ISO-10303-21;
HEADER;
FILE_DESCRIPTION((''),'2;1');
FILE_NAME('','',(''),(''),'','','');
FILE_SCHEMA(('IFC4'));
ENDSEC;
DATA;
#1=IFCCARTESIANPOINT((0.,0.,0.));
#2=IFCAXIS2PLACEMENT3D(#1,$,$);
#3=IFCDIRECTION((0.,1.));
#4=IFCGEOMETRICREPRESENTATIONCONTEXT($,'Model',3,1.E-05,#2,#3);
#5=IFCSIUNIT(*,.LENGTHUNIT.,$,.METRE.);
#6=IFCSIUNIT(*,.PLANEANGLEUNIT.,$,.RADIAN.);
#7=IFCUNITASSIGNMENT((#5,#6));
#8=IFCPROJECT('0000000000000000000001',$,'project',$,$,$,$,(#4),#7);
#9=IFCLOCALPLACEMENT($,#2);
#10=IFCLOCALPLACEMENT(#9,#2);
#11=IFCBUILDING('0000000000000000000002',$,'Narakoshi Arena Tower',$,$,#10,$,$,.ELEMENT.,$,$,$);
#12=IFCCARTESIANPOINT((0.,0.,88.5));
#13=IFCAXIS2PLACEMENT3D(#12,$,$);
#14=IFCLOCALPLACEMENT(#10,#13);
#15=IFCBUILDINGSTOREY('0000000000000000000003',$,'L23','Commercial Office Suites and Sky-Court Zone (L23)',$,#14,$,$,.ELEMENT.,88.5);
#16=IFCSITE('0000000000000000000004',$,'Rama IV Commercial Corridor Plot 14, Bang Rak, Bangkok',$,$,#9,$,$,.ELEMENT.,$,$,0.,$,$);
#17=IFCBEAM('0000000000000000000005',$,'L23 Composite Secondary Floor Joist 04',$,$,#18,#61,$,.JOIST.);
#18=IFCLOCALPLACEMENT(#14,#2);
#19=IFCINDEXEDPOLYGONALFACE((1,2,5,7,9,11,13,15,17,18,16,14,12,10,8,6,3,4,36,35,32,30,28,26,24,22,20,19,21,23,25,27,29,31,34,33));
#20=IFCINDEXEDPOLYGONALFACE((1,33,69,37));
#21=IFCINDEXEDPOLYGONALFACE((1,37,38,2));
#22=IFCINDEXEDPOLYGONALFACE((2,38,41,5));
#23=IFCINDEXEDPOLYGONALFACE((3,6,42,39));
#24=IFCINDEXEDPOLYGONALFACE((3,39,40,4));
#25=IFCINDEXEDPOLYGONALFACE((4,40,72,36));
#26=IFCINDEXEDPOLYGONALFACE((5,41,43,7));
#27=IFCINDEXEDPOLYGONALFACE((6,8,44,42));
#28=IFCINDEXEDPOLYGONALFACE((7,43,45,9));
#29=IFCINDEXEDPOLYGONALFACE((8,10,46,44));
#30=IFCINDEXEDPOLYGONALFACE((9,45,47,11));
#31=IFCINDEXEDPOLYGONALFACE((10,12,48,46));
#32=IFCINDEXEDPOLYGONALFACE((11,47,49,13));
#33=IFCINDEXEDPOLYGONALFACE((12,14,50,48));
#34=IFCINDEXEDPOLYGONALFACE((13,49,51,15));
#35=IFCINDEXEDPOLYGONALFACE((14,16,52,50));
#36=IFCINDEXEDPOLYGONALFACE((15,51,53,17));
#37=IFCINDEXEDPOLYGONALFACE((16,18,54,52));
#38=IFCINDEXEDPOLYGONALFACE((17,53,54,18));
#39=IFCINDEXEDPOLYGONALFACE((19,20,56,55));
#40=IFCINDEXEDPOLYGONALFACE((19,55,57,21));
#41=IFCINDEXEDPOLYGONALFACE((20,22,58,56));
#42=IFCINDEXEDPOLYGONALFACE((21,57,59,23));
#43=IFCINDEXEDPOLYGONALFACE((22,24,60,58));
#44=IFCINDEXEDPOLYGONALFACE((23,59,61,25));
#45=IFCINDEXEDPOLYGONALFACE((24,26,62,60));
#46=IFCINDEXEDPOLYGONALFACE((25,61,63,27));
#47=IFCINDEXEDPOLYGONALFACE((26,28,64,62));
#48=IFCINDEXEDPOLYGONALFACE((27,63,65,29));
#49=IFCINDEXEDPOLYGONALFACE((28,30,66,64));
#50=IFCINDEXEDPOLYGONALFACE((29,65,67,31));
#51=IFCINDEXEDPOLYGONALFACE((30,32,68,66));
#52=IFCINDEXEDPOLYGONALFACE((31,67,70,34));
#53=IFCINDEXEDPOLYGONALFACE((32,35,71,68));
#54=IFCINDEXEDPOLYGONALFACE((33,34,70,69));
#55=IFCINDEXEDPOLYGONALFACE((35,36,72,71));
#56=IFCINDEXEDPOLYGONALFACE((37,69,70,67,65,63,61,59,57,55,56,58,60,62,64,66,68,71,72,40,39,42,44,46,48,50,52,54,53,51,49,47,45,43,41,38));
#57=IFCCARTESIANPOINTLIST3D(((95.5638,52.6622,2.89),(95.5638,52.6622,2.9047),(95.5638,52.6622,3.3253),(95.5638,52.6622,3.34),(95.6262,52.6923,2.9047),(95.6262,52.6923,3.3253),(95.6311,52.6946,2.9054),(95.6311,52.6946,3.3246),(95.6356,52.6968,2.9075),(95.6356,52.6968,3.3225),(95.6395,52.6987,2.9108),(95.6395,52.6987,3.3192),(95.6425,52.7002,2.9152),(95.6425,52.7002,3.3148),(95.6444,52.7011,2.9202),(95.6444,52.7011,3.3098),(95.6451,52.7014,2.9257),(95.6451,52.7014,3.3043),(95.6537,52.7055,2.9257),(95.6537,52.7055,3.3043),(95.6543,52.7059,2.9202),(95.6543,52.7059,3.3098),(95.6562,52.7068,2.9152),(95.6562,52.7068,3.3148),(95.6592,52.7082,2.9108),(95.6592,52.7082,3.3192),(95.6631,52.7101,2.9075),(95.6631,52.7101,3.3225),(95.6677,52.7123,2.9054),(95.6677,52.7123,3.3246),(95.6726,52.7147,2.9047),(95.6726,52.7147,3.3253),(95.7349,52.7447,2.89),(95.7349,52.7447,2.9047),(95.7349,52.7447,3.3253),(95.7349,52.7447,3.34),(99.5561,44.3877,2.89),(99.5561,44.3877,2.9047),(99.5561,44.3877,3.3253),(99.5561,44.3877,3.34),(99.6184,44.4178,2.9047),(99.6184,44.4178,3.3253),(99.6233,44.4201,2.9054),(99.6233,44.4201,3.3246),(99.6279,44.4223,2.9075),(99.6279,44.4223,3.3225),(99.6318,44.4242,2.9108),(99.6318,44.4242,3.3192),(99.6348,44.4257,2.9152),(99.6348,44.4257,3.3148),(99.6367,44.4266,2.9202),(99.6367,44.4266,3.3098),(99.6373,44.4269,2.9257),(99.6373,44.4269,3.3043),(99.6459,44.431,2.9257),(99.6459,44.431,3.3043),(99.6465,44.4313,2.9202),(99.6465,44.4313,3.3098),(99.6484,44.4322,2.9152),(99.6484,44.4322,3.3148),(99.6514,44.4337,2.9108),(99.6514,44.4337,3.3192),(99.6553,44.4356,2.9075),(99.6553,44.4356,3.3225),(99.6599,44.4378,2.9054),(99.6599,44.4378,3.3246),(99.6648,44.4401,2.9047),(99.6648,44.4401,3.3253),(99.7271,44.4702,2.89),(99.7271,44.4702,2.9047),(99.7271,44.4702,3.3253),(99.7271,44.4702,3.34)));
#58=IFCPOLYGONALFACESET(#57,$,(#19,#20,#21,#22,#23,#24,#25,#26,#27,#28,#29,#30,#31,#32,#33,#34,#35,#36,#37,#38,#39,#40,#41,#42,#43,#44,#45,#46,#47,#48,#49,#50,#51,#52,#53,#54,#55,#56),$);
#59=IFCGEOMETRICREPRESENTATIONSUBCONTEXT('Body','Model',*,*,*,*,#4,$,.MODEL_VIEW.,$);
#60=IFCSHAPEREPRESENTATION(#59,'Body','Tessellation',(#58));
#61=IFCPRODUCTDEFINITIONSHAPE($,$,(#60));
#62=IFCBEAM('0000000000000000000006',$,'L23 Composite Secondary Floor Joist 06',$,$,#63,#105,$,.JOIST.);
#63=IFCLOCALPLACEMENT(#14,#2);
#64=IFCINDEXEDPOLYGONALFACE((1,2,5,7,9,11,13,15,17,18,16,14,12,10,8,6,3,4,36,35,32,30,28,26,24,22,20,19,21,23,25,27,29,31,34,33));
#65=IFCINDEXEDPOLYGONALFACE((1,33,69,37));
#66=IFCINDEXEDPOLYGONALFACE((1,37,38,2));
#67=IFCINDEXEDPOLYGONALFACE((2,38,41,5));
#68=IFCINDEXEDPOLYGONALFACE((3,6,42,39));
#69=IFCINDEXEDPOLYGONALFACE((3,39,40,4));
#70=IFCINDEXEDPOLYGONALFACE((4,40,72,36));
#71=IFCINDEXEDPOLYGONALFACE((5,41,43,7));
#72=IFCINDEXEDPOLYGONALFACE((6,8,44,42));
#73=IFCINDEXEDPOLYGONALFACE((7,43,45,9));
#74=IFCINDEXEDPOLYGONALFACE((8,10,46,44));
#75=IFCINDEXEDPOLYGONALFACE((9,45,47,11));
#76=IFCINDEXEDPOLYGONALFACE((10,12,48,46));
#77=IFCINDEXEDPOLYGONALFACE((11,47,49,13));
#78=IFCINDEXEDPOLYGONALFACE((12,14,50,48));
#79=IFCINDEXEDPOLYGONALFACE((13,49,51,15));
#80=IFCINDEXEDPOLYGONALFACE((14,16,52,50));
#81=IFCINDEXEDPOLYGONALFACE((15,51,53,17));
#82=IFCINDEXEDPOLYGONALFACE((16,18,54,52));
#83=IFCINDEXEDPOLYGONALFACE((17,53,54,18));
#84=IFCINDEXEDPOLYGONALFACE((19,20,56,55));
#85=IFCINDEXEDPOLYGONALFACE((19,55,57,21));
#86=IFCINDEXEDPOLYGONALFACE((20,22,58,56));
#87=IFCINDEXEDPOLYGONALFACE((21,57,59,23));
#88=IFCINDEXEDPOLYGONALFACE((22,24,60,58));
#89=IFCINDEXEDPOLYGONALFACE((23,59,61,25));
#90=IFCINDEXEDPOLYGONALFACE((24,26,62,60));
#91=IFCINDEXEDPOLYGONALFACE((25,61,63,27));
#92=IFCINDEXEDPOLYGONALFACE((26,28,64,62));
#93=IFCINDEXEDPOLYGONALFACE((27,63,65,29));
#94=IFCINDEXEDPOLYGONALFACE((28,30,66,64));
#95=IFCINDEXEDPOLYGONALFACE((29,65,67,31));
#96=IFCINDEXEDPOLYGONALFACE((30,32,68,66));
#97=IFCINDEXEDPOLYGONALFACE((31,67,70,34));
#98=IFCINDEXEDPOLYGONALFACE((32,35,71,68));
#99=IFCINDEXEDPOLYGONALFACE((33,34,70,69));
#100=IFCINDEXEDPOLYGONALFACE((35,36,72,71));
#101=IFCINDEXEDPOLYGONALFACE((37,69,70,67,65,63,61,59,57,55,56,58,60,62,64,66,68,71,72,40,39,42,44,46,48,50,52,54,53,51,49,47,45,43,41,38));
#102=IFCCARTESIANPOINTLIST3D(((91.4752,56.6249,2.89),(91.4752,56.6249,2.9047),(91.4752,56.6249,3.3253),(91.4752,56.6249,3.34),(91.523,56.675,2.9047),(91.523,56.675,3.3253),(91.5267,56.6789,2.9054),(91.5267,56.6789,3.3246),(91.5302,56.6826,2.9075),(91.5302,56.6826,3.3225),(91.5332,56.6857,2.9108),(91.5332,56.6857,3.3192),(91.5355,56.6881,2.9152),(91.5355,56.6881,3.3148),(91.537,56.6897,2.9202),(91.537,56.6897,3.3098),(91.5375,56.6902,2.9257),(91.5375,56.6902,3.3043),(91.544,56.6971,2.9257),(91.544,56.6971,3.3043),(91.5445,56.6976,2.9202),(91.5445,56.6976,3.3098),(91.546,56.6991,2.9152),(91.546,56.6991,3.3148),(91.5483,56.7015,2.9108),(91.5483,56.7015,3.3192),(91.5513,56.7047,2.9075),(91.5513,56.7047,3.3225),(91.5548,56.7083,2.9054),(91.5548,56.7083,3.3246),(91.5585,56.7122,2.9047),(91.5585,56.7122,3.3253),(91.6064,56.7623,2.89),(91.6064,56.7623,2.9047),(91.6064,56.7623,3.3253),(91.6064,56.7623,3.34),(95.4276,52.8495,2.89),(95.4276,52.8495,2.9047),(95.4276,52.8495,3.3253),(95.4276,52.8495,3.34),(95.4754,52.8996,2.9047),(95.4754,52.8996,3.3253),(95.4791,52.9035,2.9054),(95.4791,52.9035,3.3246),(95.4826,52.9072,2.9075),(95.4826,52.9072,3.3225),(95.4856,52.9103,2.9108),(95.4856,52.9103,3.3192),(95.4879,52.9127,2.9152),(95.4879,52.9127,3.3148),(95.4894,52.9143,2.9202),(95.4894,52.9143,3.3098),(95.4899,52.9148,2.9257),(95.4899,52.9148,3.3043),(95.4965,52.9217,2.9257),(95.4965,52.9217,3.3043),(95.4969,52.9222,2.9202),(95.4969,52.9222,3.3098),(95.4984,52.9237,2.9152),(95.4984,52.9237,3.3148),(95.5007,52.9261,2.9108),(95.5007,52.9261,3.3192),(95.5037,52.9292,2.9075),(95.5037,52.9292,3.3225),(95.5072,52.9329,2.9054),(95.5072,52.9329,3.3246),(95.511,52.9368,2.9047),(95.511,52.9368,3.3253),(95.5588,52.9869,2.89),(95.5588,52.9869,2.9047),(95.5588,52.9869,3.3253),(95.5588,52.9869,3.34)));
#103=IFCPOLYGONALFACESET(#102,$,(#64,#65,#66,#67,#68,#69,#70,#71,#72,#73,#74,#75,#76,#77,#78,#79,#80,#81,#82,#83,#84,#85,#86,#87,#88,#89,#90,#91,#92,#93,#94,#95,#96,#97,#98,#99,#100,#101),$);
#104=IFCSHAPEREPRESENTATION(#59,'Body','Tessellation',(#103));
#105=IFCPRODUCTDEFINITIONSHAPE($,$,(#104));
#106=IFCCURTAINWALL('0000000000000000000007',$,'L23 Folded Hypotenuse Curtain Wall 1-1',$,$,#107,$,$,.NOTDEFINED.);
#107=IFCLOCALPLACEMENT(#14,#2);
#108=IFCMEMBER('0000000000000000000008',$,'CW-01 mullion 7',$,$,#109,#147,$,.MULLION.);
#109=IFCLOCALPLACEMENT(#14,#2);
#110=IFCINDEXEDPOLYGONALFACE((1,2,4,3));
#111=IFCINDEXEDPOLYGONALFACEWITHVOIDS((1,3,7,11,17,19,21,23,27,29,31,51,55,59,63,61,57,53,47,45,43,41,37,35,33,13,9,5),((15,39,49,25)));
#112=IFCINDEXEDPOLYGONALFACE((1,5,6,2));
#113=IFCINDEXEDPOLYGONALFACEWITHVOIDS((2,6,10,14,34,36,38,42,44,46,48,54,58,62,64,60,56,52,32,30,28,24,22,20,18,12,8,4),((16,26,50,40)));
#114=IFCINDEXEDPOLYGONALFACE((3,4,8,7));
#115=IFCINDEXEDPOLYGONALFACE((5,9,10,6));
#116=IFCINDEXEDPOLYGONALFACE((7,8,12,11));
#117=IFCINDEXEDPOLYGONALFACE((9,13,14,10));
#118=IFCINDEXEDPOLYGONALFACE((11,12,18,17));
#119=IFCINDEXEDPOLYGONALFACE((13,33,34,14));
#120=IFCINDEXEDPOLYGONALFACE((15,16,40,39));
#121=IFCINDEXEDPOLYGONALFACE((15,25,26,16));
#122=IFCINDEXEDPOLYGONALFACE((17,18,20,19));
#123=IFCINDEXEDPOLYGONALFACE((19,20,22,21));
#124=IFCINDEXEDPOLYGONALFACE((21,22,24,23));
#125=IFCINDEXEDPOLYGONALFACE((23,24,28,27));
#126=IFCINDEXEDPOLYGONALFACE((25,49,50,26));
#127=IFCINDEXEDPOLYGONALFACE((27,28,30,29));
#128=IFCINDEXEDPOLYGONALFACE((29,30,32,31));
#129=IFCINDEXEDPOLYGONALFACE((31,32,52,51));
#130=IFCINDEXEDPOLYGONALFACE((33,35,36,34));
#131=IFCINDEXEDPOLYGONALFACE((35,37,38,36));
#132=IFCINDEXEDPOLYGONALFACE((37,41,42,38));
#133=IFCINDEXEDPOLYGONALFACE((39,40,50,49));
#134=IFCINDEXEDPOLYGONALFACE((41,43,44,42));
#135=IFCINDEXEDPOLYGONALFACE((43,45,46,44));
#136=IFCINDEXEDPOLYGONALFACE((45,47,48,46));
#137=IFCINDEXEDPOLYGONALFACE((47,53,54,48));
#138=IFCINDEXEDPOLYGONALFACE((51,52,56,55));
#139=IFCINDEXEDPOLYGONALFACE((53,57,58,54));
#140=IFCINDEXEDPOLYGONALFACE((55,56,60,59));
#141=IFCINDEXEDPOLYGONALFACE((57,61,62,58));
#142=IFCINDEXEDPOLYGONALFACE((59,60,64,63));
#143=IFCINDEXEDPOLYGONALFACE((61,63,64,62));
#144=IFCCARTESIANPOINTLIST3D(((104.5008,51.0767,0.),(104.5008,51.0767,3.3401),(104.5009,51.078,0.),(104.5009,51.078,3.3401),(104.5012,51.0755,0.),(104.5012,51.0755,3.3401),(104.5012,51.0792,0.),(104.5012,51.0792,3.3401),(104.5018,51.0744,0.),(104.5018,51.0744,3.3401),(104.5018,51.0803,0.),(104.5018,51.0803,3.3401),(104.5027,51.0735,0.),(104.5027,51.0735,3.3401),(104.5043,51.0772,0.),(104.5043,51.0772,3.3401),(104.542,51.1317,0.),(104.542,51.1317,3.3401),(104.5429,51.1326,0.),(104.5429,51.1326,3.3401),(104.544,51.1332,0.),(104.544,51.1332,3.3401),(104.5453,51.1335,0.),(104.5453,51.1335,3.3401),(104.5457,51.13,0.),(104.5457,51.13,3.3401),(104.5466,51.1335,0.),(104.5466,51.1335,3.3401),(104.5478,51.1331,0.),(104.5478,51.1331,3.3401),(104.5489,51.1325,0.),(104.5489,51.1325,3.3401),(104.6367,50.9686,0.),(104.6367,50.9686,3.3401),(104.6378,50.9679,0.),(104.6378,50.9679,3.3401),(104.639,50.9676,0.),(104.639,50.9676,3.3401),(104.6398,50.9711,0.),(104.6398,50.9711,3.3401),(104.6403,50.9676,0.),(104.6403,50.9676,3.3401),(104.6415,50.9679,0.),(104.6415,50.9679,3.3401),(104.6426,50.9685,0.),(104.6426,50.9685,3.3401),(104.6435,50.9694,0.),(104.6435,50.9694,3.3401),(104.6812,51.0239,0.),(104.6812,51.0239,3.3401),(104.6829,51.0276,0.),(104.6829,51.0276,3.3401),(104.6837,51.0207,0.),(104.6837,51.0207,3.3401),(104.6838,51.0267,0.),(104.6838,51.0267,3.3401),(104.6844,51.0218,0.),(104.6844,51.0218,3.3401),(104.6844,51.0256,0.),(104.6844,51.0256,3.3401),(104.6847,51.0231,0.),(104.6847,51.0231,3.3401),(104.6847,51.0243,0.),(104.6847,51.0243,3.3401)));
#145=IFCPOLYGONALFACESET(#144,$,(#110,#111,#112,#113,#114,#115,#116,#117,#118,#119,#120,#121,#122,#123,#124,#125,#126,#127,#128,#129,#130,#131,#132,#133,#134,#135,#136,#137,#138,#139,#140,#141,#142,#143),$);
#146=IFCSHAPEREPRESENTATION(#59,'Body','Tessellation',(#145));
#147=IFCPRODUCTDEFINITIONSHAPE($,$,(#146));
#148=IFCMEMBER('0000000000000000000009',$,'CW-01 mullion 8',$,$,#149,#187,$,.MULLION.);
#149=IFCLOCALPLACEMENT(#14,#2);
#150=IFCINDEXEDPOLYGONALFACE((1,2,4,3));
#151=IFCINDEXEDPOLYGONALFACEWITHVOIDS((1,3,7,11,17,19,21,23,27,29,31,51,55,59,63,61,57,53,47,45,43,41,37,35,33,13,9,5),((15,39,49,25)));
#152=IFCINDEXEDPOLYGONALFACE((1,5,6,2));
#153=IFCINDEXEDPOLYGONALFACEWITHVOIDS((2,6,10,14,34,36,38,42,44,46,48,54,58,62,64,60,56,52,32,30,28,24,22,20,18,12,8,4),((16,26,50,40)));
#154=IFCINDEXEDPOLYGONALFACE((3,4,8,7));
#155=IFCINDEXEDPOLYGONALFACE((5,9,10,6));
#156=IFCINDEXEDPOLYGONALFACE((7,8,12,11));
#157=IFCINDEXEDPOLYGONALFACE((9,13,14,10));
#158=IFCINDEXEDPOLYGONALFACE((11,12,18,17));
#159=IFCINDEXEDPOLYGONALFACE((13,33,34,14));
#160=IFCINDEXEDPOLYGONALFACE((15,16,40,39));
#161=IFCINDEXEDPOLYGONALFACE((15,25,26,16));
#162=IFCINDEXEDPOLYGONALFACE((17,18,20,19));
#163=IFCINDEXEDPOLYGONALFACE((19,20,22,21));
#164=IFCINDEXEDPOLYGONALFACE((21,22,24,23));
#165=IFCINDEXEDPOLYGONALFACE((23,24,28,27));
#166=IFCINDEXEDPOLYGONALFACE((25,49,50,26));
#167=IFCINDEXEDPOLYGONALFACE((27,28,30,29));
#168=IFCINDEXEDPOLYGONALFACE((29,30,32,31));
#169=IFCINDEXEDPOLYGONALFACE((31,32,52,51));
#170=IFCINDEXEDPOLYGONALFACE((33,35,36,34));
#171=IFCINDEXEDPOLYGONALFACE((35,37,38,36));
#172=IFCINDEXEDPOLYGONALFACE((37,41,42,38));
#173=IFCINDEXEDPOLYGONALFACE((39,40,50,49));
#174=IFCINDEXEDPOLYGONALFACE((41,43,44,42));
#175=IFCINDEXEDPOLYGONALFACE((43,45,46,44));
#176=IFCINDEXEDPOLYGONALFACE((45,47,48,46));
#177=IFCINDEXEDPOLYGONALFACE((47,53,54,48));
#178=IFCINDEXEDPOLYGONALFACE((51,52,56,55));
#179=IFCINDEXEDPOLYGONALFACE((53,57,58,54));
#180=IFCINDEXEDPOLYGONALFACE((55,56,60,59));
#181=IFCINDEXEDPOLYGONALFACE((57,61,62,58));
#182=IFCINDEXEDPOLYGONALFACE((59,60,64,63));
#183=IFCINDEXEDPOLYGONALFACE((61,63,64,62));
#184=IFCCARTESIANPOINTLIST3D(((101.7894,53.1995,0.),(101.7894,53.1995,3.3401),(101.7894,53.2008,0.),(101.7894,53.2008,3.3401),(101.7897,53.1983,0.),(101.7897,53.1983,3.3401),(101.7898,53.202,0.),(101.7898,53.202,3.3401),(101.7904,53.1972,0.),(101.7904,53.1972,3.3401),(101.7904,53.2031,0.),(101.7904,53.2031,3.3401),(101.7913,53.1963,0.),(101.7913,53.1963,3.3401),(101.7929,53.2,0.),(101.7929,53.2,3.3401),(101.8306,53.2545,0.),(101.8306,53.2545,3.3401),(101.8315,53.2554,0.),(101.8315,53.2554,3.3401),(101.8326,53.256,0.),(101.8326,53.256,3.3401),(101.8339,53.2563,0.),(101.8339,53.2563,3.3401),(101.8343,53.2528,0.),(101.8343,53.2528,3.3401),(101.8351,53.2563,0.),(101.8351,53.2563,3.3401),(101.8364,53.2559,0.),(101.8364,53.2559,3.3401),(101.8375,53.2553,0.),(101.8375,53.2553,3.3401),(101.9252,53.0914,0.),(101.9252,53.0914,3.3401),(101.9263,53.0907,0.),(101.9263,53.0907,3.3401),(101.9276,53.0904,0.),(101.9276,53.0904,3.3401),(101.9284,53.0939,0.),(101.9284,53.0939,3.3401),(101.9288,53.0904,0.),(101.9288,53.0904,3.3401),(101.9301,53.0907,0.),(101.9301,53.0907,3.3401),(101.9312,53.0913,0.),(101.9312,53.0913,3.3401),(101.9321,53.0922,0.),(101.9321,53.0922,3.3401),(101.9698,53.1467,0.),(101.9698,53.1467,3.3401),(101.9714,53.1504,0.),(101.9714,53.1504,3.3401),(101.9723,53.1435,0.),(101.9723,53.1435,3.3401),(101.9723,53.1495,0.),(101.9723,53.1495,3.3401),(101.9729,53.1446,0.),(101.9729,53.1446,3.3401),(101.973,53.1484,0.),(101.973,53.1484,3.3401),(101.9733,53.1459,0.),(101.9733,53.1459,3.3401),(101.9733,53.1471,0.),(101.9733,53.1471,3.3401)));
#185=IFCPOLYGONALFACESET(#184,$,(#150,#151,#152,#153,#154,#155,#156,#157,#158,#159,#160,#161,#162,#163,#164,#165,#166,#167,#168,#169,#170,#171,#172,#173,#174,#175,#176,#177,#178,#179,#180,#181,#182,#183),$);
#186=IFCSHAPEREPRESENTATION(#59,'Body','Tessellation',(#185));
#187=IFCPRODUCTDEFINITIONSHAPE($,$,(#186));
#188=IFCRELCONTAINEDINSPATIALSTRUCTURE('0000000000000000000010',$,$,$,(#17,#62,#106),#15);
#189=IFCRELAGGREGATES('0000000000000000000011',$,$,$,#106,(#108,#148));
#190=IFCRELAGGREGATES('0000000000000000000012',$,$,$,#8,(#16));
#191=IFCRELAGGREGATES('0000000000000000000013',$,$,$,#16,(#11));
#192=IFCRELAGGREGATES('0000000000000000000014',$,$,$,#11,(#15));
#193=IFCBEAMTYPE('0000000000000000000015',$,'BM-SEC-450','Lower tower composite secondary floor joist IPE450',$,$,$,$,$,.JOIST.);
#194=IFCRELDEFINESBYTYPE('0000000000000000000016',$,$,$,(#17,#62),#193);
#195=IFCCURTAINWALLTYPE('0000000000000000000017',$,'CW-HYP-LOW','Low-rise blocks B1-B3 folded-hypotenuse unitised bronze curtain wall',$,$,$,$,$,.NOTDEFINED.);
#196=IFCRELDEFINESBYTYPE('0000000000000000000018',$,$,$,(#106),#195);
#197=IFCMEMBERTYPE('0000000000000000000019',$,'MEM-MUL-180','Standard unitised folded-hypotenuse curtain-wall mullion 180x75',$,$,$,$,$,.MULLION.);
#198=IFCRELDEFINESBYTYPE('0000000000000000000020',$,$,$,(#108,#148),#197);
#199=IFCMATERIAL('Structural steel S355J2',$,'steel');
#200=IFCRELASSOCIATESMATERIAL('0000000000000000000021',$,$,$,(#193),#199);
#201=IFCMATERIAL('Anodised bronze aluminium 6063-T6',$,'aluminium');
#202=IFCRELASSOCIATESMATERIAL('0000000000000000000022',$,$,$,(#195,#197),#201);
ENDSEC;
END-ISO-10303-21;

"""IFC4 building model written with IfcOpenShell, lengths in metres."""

from ifc_helpers import new_model, si_unit, direction, frame, origin, origin_2d, place, context, subcontext, project, spatial, hollow_rectangle, i_section, extrude, material, material_profile, profile_set, type_object, element, aggregate, save


model = new_model("IFC4")

# Units and contexts
model_context = context("Model", 3, precision=1e-05, world=origin(), true_north=direction((0.0, 1.0)))
body_context = subcontext(model_context, "Body", "Model", "MODEL_VIEW")
ifc_project = project(units=[si_unit("LENGTHUNIT", "METRE"), si_unit("PLANEANGLEUNIT", "RADIAN")], contexts=[model_context])

# Site, building, storey
site_placement = place(None, origin())
site = spatial("IfcSite", under=ifc_project, at=site_placement, Name="Rama IV Commercial Corridor Plot 14, Bang Rak, Bangkok", CompositionType="ELEMENT", RefElevation=0.0)
building_placement = place(site_placement, origin())
building = spatial("IfcBuilding", under=site, at=building_placement, Name="Narakoshi Arena Tower", CompositionType="ELEMENT")
storey_placement = place(building_placement, frame((0.0, 0.0, 88.5)))
storey = spatial("IfcBuildingStorey", under=building, at=storey_placement, Name="L23", Description="Commercial Office Suites and Sky-Court Zone (L23)", CompositionType="ELEMENT", Elevation=88.5)

# Beams
ifc_material_1 = material(Name="Structural steel S355J2", Category="steel")
ifc_material_profile_1 = material_profile(ifc_material_1, i_section(OverallWidth=0.1899, OverallDepth=0.45, WebThickness=0.0095, FlangeThickness=0.0146, FilletRadius=0.021, at=origin_2d()), Name="IPE450")
ifc_profile_set_1 = profile_set([ifc_material_profile_1], Name="Structural steel S355J2")
beam_type_1 = type_object("IfcBeamType", Name="BM-SEC-450", Description="Lower tower composite secondary floor joist IPE450", PredefinedType="JOIST", material=ifc_profile_set_1)
beam_1_placement = place(storey_placement, frame((99.6416, 44.429, 3.115), z_axis=(-0.434541, 0.900652, 0.0), x_axis=(-0.900652, -0.434541, 0.0)))
element("IfcBeam", 1, at=beam_1_placement, inside=storey, type_object=beam_type_1, Name="L23 Composite Secondary Floor Joist 04", PredefinedType="JOIST", context=body_context, shape_type="SweptSolid", body=[
    extrude(i_section(OverallWidth=0.1899, OverallDepth=0.45, WebThickness=0.0095, FlangeThickness=0.0146, FilletRadius=0.021, at=origin_2d()), origin(), (0.0, 0.0, 1.0), 9.1873),
])
beam_2_placement = place(storey_placement, frame((95.4932, 52.9182, 3.115), z_axis=(-0.723113, 0.69073, 0.0), x_axis=(-0.69073, -0.723113, 0.0)))
element("IfcBeam", 2, at=beam_2_placement, inside=storey, type_object=beam_type_1, Name="L23 Composite Secondary Floor Joist 06", PredefinedType="JOIST", context=body_context, shape_type="SweptSolid", body=[
    extrude(i_section(OverallWidth=0.1899, OverallDepth=0.45, WebThickness=0.0095, FlangeThickness=0.0146, FilletRadius=0.021, at=origin_2d()), origin(), (0.0, 0.0, 1.0), 5.4658),
])

# Curtain wall, members
ifc_material_2 = material(Name="Anodised bronze aluminium 6063-T6", Category="aluminium")
curtain_wall_type = type_object("IfcCurtainWallType", Name="CW-HYP-LOW", Description="Low-rise blocks B1-B3 folded-hypotenuse unitised bronze curtain wall", PredefinedType="NOTDEFINED", material=ifc_material_2)
curtain_wall_1_placement = place(storey_placement, origin())
curtain_wall_1 = element("IfcCurtainWall", 3, at=curtain_wall_1_placement, inside=storey, type_object=curtain_wall_type, Name="L23 Folded Hypotenuse Curtain Wall 1-1", PredefinedType="NOTDEFINED")
ifc_material_profile_2 = material_profile(ifc_material_2, hollow_rectangle(XDim=0.075, YDim=0.1799, WallThickness=0.0039, OuterFilletRadius=0.0049, at=origin_2d()), Name="MUL180x75x4")
ifc_profile_set_2 = profile_set([ifc_material_profile_2], Name="Anodised bronze aluminium 6063-T6")
member_type_1 = type_object("IfcMemberType", Name="MEM-MUL-180", Description="Standard unitised folded-hypotenuse curtain-wall mullion 180x75", PredefinedType="MULLION", material=ifc_profile_set_2)
member_1_placement = place(storey_placement, frame((104.5928, 51.0505, 0.0), z_axis=(0.0, 0.0, 1.0), x_axis=(-0.616458, -0.787388, 0.0)))
member_1 = element("IfcMember", 4, at=member_1_placement, type_object=member_type_1, Name="CW-01 mullion 7", PredefinedType="MULLION", context=body_context, shape_type="SweptSolid", body=[
    extrude(hollow_rectangle(XDim=0.075, YDim=0.1799, WallThickness=0.0039, OuterFilletRadius=0.0049, at=origin_2d()), origin(), (0.0, 0.0, 1.0), 3.3401),
])
member_2_placement = place(storey_placement, frame((101.8813, 53.1733, 0.0), z_axis=(0.0, 0.0, 1.0), x_axis=(-0.616458, -0.787388, 0.0)))
member_2 = element("IfcMember", 5, at=member_2_placement, type_object=member_type_1, Name="CW-01 mullion 8", PredefinedType="MULLION", context=body_context, shape_type="SweptSolid", body=[
    extrude(hollow_rectangle(XDim=0.075, YDim=0.1799, WallThickness=0.0039, OuterFilletRadius=0.0049, at=origin_2d()), origin(), (0.0, 0.0, 1.0), 3.3401),
])

aggregate(curtain_wall_1, [member_1, member_2])

save(model, "model.ifc")
